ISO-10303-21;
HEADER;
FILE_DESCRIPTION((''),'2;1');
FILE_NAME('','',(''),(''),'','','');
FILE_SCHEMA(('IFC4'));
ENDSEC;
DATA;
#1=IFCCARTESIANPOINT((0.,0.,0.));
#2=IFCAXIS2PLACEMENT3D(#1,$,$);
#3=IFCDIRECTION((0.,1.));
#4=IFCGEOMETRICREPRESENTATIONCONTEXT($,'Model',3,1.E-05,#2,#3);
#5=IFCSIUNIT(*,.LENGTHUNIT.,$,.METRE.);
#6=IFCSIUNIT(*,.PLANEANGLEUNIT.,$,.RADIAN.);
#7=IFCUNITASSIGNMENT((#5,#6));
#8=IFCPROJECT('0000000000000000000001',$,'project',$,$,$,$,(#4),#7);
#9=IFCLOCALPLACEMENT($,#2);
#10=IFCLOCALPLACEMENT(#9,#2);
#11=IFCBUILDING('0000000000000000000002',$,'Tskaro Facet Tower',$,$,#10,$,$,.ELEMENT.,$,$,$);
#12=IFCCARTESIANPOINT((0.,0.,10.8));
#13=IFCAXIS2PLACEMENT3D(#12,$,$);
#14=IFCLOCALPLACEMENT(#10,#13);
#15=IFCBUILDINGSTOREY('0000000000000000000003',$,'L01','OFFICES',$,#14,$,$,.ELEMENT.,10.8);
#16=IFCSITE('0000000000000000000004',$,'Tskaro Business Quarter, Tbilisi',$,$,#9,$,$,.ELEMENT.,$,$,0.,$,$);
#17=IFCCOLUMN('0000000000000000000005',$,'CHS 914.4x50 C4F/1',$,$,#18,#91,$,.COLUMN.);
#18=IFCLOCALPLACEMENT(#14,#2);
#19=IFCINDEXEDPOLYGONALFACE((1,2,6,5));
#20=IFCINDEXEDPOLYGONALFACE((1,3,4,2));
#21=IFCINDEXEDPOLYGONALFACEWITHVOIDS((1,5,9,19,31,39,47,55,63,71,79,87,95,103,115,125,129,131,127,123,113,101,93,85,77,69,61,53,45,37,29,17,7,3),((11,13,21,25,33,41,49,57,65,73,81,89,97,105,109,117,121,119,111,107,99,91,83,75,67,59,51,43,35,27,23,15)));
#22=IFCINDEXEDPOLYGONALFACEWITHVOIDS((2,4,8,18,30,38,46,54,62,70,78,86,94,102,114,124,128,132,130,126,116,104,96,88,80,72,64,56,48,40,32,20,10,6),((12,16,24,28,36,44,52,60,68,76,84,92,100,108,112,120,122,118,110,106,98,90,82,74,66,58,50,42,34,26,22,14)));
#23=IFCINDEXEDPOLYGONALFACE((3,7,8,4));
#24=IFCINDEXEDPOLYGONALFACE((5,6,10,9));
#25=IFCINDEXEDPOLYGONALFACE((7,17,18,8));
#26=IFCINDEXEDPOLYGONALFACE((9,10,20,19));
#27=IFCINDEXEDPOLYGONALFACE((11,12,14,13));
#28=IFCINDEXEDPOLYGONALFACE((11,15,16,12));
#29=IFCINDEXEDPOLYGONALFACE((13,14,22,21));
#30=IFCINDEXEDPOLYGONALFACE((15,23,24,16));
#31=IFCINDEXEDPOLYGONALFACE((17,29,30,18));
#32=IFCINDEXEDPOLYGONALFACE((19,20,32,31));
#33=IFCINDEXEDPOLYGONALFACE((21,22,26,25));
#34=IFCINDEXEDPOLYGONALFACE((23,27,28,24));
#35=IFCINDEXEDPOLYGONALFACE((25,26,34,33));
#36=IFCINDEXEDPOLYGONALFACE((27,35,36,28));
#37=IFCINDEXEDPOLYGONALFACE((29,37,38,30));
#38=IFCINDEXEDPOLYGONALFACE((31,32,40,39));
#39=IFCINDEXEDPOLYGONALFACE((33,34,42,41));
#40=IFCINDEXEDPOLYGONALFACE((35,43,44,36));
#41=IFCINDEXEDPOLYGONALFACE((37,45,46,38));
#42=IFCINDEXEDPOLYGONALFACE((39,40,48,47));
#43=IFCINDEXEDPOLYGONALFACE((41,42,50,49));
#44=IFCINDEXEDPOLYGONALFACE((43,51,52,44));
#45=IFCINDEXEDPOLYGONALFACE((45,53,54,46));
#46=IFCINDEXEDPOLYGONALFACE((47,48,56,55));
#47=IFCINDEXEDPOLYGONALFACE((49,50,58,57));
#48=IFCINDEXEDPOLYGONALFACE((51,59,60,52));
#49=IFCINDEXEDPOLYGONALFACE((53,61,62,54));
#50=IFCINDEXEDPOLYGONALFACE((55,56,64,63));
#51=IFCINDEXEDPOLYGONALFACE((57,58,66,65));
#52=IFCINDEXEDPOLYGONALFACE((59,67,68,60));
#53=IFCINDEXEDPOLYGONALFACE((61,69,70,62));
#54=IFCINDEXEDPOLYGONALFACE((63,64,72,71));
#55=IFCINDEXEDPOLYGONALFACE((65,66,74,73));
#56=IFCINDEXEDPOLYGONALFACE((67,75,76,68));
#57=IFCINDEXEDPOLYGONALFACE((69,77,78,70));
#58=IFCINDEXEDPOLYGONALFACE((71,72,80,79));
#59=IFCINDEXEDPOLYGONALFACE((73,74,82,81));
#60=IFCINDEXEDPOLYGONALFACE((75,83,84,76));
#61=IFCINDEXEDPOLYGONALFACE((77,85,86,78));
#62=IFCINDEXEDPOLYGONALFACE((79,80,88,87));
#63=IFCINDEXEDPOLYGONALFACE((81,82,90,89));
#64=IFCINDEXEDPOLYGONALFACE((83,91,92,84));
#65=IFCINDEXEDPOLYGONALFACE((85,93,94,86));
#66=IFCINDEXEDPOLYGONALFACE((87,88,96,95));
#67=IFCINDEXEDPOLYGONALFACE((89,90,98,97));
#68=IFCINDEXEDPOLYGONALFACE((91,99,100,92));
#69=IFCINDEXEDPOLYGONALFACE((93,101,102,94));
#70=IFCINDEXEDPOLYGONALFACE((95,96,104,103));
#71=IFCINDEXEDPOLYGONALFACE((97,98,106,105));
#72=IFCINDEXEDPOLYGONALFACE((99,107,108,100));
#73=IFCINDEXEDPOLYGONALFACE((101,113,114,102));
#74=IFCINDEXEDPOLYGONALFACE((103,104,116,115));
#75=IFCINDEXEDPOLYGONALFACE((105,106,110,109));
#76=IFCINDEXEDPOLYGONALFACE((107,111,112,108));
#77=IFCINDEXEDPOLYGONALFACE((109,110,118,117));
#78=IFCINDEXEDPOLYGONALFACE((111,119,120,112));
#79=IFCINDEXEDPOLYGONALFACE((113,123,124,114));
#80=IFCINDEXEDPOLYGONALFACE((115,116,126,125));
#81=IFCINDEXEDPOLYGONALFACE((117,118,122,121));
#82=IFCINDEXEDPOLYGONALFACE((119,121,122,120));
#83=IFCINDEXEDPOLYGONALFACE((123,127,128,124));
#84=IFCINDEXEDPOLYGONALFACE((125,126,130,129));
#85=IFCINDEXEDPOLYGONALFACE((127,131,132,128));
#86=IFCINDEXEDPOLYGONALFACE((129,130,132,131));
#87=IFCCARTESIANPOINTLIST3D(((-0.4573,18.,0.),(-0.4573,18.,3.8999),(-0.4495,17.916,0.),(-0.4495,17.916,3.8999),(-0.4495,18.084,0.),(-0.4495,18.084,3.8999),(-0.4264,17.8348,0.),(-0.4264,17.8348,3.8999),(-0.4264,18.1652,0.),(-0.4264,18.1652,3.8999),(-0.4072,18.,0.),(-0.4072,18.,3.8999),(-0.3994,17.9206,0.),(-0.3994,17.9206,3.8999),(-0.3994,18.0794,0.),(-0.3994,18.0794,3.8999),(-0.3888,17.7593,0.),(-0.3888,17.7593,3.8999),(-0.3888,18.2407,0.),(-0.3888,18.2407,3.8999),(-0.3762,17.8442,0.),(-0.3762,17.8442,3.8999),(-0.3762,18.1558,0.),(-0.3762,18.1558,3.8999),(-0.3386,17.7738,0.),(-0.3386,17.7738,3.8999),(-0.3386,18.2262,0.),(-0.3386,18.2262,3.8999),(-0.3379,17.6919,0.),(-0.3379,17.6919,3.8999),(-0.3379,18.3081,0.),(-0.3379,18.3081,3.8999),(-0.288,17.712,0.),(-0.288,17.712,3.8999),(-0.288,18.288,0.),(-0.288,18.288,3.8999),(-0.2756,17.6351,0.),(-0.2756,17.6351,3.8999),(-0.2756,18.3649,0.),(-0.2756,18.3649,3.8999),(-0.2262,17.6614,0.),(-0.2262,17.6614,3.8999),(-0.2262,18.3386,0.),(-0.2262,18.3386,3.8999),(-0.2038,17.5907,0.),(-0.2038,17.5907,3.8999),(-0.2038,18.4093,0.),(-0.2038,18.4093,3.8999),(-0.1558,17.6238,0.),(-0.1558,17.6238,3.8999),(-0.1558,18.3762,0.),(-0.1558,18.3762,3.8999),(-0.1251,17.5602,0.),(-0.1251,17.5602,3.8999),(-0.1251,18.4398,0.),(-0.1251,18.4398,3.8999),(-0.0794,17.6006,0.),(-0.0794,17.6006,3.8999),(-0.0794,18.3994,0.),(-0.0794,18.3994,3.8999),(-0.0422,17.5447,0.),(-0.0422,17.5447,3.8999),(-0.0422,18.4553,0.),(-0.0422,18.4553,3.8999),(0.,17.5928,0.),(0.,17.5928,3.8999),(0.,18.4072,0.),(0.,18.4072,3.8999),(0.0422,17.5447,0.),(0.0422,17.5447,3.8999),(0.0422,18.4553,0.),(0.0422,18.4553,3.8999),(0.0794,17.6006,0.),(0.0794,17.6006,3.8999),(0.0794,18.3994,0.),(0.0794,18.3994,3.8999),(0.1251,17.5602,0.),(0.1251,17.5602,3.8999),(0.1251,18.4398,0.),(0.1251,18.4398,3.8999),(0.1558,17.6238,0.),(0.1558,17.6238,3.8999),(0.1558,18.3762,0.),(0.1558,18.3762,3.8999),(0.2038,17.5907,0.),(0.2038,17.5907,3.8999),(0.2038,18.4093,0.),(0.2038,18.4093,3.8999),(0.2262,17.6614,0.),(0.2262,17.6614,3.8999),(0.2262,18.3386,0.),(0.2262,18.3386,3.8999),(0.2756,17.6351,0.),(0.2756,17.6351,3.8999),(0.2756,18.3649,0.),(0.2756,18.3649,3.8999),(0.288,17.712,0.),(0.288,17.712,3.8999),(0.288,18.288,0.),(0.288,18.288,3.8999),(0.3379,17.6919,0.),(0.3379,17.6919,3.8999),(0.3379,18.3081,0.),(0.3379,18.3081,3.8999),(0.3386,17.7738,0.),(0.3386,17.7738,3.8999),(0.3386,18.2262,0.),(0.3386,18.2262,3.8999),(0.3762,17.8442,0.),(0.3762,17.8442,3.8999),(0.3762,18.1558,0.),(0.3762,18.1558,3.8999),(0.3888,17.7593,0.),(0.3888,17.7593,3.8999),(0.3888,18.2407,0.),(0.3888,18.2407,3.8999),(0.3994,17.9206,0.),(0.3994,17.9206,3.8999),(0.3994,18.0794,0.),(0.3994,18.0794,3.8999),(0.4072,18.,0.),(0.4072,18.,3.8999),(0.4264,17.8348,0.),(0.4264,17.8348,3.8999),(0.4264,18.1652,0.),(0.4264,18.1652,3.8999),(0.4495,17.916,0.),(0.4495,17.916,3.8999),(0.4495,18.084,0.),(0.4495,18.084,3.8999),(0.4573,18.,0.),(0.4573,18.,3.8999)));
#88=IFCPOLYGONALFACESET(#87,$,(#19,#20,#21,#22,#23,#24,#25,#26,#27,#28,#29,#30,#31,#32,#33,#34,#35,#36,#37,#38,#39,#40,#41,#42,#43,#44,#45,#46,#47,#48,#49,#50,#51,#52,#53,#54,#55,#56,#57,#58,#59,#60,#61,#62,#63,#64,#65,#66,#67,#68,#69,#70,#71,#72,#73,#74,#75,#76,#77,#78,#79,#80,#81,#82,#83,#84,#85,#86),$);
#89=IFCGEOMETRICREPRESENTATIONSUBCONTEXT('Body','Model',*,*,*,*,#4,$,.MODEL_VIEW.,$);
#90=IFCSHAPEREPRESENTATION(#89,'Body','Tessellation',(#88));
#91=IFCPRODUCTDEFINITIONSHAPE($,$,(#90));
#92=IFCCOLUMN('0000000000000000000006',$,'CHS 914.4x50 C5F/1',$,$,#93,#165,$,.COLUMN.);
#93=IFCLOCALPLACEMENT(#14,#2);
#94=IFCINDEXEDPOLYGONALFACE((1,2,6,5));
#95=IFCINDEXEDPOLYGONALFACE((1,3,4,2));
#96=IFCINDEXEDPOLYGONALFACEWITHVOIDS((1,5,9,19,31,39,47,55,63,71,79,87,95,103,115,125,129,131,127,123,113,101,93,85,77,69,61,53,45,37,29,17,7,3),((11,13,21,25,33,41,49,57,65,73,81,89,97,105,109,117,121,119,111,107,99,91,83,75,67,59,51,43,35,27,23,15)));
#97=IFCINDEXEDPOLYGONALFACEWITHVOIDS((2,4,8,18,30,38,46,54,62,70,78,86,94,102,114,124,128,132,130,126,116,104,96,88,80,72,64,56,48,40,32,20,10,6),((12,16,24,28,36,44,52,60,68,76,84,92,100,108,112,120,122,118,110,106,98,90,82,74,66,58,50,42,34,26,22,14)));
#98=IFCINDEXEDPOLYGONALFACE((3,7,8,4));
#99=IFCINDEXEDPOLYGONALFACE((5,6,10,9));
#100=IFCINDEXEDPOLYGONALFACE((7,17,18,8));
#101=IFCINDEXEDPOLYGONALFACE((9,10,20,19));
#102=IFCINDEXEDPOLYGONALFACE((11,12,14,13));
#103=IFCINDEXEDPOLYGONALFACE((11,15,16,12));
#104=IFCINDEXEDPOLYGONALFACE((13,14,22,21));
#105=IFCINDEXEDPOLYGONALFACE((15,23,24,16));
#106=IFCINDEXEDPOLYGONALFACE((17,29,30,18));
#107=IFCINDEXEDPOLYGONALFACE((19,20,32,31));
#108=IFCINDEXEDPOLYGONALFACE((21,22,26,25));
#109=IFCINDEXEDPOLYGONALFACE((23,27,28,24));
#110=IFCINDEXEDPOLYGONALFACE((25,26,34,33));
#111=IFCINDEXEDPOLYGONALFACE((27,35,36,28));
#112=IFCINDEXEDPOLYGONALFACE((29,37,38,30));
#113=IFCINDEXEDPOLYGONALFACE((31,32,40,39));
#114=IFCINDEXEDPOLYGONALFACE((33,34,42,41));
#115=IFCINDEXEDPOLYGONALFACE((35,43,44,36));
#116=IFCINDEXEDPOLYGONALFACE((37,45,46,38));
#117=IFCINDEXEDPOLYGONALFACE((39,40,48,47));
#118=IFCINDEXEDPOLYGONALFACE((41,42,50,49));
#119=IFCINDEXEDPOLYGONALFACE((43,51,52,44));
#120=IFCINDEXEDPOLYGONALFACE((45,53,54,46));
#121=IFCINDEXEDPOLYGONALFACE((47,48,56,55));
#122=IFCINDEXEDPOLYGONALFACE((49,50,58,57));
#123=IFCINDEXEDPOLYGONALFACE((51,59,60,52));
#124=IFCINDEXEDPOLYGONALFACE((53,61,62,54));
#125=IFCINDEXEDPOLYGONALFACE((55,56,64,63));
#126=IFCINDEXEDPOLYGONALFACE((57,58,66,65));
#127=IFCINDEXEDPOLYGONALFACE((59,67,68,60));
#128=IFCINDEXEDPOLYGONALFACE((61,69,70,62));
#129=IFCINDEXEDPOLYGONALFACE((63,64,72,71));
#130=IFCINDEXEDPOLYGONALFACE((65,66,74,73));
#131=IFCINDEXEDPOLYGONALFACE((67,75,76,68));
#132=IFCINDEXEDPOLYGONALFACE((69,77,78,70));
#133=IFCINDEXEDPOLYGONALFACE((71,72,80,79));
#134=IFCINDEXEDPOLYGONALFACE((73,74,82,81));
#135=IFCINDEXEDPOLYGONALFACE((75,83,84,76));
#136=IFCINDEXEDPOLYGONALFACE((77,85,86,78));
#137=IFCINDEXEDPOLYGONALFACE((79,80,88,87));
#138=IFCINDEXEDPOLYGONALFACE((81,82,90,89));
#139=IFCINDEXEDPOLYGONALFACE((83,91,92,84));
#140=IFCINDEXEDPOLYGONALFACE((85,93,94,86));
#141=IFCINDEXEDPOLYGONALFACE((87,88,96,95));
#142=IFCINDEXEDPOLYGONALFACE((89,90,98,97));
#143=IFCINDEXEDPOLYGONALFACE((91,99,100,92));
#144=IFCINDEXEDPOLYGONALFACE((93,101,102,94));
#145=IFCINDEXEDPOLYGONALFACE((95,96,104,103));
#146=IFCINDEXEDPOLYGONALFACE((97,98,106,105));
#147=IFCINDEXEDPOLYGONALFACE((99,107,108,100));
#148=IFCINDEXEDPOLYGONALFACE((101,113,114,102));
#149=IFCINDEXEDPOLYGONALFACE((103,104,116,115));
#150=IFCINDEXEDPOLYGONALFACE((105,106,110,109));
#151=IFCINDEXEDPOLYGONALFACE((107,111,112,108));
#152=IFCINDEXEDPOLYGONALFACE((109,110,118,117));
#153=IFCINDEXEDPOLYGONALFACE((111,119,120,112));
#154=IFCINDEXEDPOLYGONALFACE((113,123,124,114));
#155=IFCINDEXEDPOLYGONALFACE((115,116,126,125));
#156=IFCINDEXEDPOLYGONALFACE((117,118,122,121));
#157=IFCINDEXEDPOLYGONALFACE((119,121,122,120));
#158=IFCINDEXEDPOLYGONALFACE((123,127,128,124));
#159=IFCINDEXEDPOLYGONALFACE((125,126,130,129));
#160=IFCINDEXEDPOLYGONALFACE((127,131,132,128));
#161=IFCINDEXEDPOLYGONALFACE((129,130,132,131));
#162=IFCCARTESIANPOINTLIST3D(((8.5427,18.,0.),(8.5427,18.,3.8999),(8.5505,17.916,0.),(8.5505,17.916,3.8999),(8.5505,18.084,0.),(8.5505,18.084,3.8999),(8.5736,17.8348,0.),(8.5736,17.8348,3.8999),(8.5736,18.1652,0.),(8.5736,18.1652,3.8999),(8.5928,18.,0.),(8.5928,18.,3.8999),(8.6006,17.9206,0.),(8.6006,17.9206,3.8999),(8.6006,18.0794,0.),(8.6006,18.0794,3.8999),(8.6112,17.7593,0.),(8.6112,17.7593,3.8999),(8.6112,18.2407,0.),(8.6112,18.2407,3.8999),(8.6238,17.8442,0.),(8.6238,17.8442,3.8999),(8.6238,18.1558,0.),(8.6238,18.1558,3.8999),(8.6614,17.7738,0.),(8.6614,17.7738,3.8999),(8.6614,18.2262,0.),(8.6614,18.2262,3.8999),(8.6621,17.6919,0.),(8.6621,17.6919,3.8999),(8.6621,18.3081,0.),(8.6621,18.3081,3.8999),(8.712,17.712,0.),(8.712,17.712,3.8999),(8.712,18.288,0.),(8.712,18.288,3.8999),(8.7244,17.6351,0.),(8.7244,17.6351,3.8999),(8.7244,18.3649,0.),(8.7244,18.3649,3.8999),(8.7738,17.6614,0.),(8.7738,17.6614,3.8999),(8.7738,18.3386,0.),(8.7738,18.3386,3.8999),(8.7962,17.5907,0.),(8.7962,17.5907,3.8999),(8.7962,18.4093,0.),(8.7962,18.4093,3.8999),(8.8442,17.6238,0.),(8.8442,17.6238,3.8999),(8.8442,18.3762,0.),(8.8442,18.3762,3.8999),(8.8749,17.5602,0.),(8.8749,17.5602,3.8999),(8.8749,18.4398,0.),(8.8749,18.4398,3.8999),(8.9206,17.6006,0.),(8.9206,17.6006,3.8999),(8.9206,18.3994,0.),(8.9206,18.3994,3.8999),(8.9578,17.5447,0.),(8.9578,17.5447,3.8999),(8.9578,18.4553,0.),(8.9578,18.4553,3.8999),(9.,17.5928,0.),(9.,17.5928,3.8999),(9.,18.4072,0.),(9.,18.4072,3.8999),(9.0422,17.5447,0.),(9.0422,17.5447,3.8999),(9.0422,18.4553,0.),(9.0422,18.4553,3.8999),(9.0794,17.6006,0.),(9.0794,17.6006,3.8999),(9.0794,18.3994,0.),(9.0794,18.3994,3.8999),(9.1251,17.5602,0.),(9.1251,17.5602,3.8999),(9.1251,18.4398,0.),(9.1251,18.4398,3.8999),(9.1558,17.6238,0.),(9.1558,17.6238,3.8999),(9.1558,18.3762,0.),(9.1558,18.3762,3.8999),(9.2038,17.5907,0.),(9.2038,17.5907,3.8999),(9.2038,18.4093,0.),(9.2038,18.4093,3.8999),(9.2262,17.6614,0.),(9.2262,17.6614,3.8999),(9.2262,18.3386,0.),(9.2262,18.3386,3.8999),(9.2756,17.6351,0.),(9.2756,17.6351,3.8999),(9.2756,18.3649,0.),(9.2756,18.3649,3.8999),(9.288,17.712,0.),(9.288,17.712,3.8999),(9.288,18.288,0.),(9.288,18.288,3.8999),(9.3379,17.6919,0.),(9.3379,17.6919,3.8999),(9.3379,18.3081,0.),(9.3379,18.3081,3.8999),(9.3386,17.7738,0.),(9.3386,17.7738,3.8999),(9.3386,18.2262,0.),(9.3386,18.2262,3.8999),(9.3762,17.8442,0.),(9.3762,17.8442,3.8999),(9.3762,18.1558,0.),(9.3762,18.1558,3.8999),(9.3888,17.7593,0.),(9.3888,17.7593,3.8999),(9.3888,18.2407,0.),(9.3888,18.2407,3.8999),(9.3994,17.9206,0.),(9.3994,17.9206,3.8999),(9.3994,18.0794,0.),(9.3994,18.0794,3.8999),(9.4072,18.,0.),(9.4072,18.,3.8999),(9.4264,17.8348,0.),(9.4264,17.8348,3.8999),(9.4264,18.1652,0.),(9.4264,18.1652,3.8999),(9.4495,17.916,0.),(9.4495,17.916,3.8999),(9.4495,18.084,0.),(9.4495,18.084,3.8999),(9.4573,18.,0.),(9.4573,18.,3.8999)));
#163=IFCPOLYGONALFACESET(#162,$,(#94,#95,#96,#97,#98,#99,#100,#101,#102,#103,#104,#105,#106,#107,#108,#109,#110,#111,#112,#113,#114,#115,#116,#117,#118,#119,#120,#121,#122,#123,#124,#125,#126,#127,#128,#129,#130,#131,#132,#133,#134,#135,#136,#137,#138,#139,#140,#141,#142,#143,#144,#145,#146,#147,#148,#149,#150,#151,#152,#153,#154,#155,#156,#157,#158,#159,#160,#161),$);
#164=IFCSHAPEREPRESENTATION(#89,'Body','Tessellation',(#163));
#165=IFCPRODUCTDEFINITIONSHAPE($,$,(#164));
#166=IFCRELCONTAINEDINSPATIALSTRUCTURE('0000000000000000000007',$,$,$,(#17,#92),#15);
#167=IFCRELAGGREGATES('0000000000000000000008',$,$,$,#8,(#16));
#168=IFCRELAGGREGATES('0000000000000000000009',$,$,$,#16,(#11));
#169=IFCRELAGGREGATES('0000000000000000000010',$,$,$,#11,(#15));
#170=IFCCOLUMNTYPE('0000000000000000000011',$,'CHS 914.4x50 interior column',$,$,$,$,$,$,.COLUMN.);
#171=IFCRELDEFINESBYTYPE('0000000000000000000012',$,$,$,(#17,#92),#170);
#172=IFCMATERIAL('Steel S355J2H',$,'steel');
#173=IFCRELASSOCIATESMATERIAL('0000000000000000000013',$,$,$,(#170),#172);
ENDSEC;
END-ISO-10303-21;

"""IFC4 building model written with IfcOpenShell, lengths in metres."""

from ifc_helpers import new_model, si_unit, direction, frame, origin, origin_2d, place, context, subcontext, project, spatial, hollow_circle, extrude, material, material_profile, profile_set, type_object, element, save


model = new_model("IFC4")

# Units and contexts
model_context = context("Model", 3, precision=1e-05, world=origin(), true_north=direction((0.0, 1.0)))
body_context = subcontext(model_context, "Body", "Model", "MODEL_VIEW")
ifc_project = project(units=[si_unit("LENGTHUNIT", "METRE"), si_unit("PLANEANGLEUNIT", "RADIAN")], contexts=[model_context])

# Site, building, storey
site_placement = place(None, origin())
site = spatial("IfcSite", under=ifc_project, at=site_placement, Name="Tskaro Business Quarter, Tbilisi", CompositionType="ELEMENT", RefElevation=0.0)
building_placement = place(site_placement, origin())
building = spatial("IfcBuilding", under=site, at=building_placement, Name="Tskaro Facet Tower", CompositionType="ELEMENT")
storey_placement = place(building_placement, frame((0.0, 0.0, 10.8)))
storey = spatial("IfcBuildingStorey", under=building, at=storey_placement, Name="L01", Description="OFFICES", CompositionType="ELEMENT", Elevation=10.8)

# Columns
ifc_material_1 = material(Name="Steel S355J2H", Category="steel")
ifc_material_profile_1 = material_profile(ifc_material_1, hollow_circle(Radius=0.4573, WallThickness=0.05, at=origin_2d()), Name="CHS 914.4x50")
ifc_profile_set_1 = profile_set([ifc_material_profile_1], Name="Steel S355J2H")
column_type_1 = type_object("IfcColumnType", Name="CHS 914.4x50 interior column", PredefinedType="COLUMN", material=ifc_profile_set_1)
for number, where, z_axis, x_axis, name in (
    (1, (0.0, 18.0, 0.0), (0.0, 0.0, 1.0), (1.0, 0.0, 0.0), "CHS 914.4x50 C4F/1"),
    (2, (9.0, 18.0, 0.0), (0.0, 0.0, 1.0), (1.0, 0.0, 0.0), "CHS 914.4x50 C5F/1"),
):
    element("IfcColumn", number, at=place(storey_placement, frame(where, z_axis=z_axis, x_axis=x_axis)), inside=storey, type_object=column_type_1, Name=name, PredefinedType="COLUMN", context=body_context, shape_type="SweptSolid", body=[
        extrude(hollow_circle(Radius=0.4573, WallThickness=0.05, at=origin_2d()), origin(), (0.0, 0.0, 1.0), 3.8999),
    ])

save(model, "model.ifc")
